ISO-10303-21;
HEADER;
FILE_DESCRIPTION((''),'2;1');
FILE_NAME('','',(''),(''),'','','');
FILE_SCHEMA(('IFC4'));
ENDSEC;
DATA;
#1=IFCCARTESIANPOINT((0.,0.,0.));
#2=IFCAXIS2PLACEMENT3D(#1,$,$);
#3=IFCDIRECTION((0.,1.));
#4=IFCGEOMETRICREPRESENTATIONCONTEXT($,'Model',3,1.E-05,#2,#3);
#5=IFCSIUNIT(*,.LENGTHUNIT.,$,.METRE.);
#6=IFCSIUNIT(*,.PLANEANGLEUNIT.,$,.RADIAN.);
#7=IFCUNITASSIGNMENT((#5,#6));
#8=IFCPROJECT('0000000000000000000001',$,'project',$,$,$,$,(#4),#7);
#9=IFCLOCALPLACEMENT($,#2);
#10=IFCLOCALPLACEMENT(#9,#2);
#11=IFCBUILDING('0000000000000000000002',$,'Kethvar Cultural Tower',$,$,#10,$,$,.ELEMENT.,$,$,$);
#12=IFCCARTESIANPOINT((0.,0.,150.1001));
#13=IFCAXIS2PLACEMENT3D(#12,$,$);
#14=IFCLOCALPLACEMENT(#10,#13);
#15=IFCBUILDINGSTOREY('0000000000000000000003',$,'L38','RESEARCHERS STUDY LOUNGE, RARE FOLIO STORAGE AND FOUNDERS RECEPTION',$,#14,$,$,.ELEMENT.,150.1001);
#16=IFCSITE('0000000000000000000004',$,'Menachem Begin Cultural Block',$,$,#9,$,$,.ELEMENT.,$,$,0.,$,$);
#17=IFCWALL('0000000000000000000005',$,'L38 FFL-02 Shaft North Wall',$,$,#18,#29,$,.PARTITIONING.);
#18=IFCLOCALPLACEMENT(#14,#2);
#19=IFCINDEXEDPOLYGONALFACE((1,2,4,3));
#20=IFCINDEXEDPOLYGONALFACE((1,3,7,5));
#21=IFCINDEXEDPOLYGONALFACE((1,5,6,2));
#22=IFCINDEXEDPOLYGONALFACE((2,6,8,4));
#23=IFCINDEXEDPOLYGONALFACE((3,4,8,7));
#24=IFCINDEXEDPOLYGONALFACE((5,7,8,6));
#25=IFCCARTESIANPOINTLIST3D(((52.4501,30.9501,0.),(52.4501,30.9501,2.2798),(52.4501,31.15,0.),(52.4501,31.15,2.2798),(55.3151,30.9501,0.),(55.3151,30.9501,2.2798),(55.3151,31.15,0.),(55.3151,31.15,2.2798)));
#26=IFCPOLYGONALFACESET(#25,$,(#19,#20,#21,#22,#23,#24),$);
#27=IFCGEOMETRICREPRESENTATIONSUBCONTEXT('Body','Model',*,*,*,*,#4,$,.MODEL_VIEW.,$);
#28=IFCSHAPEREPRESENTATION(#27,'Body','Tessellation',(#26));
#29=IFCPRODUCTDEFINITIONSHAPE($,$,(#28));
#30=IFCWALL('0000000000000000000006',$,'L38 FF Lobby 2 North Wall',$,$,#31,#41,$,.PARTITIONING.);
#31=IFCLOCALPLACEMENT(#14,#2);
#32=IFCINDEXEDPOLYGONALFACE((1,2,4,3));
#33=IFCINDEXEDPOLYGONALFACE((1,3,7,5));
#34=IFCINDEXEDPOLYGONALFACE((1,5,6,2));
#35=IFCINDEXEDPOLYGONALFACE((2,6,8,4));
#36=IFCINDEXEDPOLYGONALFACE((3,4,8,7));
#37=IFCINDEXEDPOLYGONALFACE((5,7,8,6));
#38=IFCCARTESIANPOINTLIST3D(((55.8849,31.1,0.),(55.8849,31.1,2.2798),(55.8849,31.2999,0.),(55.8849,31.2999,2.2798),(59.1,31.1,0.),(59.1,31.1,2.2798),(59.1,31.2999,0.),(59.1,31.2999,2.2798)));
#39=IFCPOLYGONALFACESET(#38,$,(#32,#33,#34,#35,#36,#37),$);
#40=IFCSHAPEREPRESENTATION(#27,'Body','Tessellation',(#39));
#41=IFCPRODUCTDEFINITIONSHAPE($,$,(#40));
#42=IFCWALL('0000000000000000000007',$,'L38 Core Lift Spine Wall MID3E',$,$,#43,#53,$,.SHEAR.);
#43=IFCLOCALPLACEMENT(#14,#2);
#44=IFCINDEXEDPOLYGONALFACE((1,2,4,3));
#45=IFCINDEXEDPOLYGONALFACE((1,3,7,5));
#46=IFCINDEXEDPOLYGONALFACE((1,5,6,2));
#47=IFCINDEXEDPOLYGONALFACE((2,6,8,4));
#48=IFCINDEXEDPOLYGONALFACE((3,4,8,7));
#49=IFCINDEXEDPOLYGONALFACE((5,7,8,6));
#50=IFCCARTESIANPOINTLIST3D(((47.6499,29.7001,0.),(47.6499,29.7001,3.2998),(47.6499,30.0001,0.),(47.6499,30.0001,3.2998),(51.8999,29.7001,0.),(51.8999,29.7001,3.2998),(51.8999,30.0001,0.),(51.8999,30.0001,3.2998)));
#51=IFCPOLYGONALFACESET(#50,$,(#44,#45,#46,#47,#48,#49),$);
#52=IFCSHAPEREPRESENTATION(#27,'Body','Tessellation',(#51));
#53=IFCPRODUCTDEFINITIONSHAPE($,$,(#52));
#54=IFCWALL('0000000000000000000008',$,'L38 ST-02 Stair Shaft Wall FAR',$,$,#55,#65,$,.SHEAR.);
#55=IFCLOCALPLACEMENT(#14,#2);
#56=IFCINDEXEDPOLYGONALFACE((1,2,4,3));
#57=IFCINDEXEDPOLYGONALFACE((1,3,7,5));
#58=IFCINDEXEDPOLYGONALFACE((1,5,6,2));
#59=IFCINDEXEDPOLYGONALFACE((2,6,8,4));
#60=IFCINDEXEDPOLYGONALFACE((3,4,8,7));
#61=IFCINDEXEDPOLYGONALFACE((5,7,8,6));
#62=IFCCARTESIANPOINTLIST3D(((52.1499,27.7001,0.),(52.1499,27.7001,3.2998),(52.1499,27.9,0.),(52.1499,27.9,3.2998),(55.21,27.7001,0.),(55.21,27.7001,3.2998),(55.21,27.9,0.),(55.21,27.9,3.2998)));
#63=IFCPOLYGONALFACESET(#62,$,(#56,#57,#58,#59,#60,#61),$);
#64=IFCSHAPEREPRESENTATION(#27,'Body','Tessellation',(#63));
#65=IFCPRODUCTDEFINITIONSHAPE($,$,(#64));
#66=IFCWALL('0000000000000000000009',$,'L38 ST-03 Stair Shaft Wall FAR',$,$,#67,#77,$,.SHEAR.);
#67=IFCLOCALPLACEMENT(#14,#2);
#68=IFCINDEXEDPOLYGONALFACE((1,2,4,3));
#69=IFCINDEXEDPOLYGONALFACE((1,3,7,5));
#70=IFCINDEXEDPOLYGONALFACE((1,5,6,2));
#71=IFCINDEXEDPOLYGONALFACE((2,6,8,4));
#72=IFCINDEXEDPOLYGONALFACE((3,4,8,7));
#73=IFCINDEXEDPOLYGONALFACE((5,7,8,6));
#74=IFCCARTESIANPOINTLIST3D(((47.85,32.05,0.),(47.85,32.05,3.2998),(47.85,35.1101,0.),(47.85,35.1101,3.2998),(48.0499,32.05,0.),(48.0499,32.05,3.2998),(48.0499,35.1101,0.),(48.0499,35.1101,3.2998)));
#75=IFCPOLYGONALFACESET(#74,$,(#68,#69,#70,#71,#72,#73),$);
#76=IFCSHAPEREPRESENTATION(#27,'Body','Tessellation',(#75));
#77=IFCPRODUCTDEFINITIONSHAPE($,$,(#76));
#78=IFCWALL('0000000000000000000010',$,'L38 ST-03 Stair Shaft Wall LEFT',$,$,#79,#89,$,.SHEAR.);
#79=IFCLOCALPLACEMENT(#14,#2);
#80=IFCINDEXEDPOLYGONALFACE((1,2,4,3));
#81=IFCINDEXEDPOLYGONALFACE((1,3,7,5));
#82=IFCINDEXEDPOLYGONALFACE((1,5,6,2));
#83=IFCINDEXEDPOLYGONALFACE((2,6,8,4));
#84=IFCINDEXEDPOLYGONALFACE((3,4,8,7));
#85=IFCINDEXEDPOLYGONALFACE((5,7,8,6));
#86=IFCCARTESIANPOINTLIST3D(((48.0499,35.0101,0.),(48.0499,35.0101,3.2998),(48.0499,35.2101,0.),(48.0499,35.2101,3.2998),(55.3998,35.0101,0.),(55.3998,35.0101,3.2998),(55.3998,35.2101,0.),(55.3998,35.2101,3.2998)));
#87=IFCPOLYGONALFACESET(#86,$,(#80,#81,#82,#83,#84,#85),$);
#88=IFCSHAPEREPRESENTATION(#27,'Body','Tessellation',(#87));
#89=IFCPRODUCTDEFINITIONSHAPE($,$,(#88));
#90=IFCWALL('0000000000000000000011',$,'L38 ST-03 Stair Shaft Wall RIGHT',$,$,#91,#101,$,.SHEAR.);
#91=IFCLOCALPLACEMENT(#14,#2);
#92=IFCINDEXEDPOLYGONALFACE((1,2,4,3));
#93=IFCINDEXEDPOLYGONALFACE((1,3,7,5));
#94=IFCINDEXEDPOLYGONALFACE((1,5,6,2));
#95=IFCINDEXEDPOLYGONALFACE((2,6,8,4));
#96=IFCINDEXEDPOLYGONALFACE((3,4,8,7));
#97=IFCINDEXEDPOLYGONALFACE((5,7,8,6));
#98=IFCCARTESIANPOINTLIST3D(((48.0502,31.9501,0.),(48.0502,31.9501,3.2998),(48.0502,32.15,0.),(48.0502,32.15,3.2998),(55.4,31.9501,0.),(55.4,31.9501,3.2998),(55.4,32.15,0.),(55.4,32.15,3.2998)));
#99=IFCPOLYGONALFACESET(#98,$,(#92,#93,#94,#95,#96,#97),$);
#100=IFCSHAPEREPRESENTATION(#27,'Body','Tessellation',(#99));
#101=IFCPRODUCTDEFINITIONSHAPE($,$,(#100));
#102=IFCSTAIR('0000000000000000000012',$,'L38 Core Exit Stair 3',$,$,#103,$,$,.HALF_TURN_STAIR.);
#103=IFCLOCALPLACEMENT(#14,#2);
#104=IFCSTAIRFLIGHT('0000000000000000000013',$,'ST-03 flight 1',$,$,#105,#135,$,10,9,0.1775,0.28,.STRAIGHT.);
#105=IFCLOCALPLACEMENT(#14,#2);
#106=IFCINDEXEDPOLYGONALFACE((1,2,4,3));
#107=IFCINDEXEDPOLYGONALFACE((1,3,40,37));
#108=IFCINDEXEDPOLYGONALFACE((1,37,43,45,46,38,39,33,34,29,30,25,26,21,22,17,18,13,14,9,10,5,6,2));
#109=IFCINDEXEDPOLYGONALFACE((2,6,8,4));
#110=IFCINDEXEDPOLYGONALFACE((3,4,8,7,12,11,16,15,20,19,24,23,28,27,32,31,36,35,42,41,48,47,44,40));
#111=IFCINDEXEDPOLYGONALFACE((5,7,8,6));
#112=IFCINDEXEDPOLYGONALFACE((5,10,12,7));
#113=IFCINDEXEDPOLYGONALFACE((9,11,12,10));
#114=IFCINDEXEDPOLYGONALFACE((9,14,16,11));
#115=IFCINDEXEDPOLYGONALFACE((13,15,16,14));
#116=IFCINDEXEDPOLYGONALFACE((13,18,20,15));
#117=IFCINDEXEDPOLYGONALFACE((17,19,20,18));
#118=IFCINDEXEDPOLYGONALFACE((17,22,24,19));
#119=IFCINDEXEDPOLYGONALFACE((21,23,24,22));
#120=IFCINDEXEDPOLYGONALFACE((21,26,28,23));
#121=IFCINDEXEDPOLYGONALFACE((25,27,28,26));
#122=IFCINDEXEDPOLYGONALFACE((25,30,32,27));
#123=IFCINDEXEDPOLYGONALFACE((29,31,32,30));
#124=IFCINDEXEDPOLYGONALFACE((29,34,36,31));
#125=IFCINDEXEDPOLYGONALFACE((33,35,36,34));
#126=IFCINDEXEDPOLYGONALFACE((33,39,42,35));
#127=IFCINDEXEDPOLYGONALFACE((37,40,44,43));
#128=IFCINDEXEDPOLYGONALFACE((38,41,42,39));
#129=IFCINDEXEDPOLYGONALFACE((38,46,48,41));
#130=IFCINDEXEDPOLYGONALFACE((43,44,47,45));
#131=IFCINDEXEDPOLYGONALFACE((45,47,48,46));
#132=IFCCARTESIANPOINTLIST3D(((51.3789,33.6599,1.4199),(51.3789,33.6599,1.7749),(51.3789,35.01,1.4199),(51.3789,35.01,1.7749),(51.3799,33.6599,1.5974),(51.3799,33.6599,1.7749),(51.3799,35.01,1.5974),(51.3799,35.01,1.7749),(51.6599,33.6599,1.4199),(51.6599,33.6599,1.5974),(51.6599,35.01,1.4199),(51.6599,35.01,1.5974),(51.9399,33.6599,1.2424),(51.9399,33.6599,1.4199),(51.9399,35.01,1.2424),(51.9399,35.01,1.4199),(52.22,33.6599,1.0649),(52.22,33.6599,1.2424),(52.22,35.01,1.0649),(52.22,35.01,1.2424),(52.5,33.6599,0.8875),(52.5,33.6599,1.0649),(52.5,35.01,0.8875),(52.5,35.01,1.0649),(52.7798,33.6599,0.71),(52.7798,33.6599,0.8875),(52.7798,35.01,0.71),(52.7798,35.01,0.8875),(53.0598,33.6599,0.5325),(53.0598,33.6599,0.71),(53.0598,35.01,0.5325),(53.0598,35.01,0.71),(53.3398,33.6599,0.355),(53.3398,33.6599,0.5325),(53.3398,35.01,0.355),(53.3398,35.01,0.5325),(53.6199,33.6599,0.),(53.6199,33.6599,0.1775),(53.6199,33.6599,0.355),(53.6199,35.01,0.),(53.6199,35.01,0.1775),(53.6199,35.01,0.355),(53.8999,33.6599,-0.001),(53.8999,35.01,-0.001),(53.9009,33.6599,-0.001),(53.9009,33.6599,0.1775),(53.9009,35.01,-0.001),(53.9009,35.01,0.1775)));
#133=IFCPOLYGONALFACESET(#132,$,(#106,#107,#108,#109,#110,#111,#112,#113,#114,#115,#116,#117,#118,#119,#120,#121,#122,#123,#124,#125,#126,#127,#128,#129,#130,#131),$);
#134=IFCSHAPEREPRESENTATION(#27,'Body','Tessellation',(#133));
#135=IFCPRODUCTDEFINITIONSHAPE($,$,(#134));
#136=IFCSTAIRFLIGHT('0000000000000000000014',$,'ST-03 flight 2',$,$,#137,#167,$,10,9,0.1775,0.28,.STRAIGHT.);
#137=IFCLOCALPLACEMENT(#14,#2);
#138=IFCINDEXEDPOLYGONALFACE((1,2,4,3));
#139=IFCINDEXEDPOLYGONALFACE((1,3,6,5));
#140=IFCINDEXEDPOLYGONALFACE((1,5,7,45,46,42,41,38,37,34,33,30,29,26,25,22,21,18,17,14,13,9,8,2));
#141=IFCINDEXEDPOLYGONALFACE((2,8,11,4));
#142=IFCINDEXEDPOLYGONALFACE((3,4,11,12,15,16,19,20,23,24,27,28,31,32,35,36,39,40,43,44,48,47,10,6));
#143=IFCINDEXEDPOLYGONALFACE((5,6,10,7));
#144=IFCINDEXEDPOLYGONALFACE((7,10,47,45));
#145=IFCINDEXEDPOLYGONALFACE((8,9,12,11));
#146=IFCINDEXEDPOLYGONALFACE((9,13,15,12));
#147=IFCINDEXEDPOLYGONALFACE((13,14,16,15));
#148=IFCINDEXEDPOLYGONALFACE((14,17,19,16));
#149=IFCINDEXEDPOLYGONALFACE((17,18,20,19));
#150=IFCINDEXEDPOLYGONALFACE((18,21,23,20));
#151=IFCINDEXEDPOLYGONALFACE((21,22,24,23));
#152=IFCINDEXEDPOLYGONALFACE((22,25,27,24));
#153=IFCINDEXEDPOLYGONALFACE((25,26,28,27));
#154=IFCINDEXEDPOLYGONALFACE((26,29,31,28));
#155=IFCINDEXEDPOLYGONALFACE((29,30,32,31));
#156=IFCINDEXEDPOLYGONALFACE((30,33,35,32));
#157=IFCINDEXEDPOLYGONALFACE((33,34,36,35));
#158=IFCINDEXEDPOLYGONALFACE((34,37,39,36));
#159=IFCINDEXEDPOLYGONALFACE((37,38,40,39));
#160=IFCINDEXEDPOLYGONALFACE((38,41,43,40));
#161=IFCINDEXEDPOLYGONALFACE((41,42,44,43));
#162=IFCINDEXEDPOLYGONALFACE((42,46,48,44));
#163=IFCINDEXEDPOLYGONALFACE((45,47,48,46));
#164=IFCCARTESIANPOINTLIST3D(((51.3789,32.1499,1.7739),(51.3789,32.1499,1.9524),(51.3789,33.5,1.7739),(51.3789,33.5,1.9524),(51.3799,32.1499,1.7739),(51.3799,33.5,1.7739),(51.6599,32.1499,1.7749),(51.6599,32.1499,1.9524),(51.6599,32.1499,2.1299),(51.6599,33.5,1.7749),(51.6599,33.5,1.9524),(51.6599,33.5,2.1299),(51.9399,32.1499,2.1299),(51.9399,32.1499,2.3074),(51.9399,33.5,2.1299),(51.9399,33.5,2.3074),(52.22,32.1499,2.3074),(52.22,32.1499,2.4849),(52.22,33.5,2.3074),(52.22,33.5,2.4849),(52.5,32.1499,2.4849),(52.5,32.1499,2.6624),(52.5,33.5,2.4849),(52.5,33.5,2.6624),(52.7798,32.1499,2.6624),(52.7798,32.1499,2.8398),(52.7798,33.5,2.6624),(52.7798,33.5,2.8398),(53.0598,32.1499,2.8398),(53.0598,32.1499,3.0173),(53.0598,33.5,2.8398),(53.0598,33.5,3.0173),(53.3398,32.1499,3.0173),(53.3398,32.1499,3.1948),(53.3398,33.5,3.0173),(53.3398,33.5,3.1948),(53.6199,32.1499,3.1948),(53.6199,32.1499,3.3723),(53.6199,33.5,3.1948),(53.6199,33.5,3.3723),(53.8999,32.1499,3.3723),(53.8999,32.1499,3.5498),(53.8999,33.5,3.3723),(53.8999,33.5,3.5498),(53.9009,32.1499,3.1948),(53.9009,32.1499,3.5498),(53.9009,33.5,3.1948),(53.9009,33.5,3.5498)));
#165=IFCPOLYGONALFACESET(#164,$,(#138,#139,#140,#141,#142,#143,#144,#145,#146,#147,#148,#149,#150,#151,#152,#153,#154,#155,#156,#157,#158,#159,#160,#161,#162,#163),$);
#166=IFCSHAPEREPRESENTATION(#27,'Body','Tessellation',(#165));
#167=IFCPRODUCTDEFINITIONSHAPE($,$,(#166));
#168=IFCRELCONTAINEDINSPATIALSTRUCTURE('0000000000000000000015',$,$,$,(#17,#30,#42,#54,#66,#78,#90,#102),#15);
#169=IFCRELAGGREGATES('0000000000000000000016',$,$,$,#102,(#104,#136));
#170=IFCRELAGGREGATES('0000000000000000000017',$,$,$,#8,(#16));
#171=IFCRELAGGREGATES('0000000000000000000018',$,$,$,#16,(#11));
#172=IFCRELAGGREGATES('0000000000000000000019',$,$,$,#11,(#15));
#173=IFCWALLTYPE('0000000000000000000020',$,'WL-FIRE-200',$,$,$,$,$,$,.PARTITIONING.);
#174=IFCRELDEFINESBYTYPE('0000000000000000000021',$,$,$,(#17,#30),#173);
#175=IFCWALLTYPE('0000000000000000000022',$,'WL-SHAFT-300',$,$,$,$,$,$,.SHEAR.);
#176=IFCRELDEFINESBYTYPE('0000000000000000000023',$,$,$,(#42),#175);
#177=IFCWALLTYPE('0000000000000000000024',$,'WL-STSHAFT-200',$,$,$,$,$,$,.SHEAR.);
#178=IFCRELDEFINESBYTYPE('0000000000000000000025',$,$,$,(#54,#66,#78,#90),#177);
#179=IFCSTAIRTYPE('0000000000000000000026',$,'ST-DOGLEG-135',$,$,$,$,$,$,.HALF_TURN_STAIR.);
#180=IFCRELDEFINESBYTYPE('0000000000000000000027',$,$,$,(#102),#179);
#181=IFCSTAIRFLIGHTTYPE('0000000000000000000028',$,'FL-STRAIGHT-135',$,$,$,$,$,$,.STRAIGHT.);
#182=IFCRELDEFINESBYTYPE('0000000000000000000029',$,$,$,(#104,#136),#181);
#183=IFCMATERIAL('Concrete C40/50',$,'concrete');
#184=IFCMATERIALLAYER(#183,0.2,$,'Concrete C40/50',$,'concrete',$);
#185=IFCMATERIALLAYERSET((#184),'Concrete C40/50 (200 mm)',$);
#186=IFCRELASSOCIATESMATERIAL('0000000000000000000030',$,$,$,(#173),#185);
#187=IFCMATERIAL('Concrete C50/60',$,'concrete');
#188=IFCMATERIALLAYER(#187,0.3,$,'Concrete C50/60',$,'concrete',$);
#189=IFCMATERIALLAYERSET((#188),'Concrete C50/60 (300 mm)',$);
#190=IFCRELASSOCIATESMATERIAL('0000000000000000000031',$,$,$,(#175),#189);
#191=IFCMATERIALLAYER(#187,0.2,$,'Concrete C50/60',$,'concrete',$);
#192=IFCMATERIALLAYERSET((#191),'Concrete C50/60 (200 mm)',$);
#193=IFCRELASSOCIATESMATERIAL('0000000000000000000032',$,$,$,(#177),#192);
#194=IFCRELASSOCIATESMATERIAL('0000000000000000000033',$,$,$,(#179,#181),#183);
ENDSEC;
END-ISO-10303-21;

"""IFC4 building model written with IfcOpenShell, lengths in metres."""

from ifc_helpers import new_model, si_unit, direction, frame, frame_2d, origin, place, context, subcontext, project, spatial, polyline, rectangle, outline, extrude, material, layer, layer_set, type_object, element, aggregate, save


model = new_model("IFC4")

# Units and contexts
model_context = context("Model", 3, precision=1e-05, world=origin(), true_north=direction((0.0, 1.0)))
body_context = subcontext(model_context, "Body", "Model", "MODEL_VIEW")
ifc_project = project(units=[si_unit("LENGTHUNIT", "METRE"), si_unit("PLANEANGLEUNIT", "RADIAN")], contexts=[model_context])

# Site, building, storey
site_placement = place(None, origin())
site = spatial("IfcSite", under=ifc_project, at=site_placement, Name="Menachem Begin Cultural Block", CompositionType="ELEMENT", RefElevation=0.0)
building_placement = place(site_placement, origin())
building = spatial("IfcBuilding", under=site, at=building_placement, Name="Kethvar Cultural Tower", CompositionType="ELEMENT")
storey_placement = place(building_placement, frame((0.0, 0.0, 150.1001)))
storey = spatial("IfcBuildingStorey", under=building, at=storey_placement, Name="L38", Description="RESEARCHERS STUDY LOUNGE, RARE FOLIO STORAGE AND FOUNDERS RECEPTION", CompositionType="ELEMENT", Elevation=150.1001)

# Walls
ifc_material_1 = material(Name="Concrete C40/50", Category="concrete")
ifc_layer_1 = layer(ifc_material_1, 0.2, Name="Concrete C40/50", Category="concrete")
ifc_layer_set_1 = layer_set([ifc_layer_1], Name="Concrete C40/50 (200 mm)")
wall_type_1 = type_object("IfcWallType", Name="WL-FIRE-200", PredefinedType="PARTITIONING", material=ifc_layer_set_1)
for number, where, z_axis, x_axis, name in (
    (1, (52.45, 31.05, 0.0), (0.0, 0.0, 1.0), (1.0, 0.0, 0.0), "L38 FFL-02 Shaft North Wall"),
):
    element("IfcWall", number, at=place(storey_placement, frame(where, z_axis=z_axis, x_axis=x_axis)), inside=storey, type_object=wall_type_1, Name=name, PredefinedType="PARTITIONING", context=body_context, shape_type="SweptSolid", body=[
        extrude(rectangle(XDim=2.865, YDim=0.2, at=frame_2d((1.4326, 0.0))), origin(), (0.0, 0.0, 1.0), 2.2798),
    ])
wall_1_placement = place(storey_placement, frame((55.885, 31.2, 0.0), z_axis=(0.0, 0.0, 1.0), x_axis=(1.0, 0.0, 0.0)))
element("IfcWall", 2, at=wall_1_placement, inside=storey, type_object=wall_type_1, Name="L38 FF Lobby 2 North Wall", PredefinedType="PARTITIONING", context=body_context, shape_type="SweptSolid", body=[
    extrude(rectangle(XDim=3.2151, YDim=0.2, at=frame_2d((1.6074, 0.0))), origin(), (0.0, 0.0, 1.0), 2.2798),
])
ifc_material_2 = material(Name="Concrete C50/60", Category="concrete")
ifc_layer_2 = layer(ifc_material_2, 0.3, Name="Concrete C50/60", Category="concrete")
ifc_layer_set_2 = layer_set([ifc_layer_2], Name="Concrete C50/60 (300 mm)")
wall_type_2 = type_object("IfcWallType", Name="WL-SHAFT-300", PredefinedType="SHEAR", material=ifc_layer_set_2)
wall_2_placement = place(storey_placement, frame((47.6499, 29.8501, 0.0), z_axis=(0.0, 0.0, 1.0), x_axis=(1.0, 0.0, 0.0)))
element("IfcWall", 3, at=wall_2_placement, inside=storey, type_object=wall_type_2, Name="L38 Core Lift Spine Wall MID3E", PredefinedType="SHEAR", context=body_context, shape_type="SweptSolid", body=[
    extrude(rectangle(XDim=4.25, YDim=0.3, at=frame_2d((2.125, 0.0))), origin(), (0.0, 0.0, 1.0), 3.2998),
])
ifc_layer_3 = layer(ifc_material_2, 0.2, Name="Concrete C50/60", Category="concrete")
ifc_layer_set_3 = layer_set([ifc_layer_3], Name="Concrete C50/60 (200 mm)")
wall_type_3 = type_object("IfcWallType", Name="WL-STSHAFT-200", PredefinedType="SHEAR", material=ifc_layer_set_3)
for number, where, z_axis, x_axis, name in (
    (4, (52.1499, 27.8, 0.0), (0.0, 0.0, 1.0), (1.0, 0.0, 0.0), "L38 ST-02 Stair Shaft Wall FAR"),
    (5, (47.95, 32.05, 0.0), (0.0, 0.0, 1.0), (0.0, 1.0, 0.0), "L38 ST-03 Stair Shaft Wall FAR"),
):
    element("IfcWall", number, at=place(storey_placement, frame(where, z_axis=z_axis, x_axis=x_axis)), inside=storey, type_object=wall_type_3, Name=name, PredefinedType="SHEAR", context=body_context, shape_type="SweptSolid", body=[
        extrude(rectangle(XDim=3.0601, YDim=0.2, at=frame_2d((1.53, 0.0))), origin(), (0.0, 0.0, 1.0), 3.2998),
    ])
for number, where, z_axis, x_axis, name in (
    (6, (48.05, 35.1101, 0.0), (0.0, 0.0, 1.0), (1.0, 0.0, 0.0), "L38 ST-03 Stair Shaft Wall LEFT"),
    (7, (55.3999, 32.05, 0.0), (0.0, 0.0, 1.0), (-1.0, 0.0, 0.0), "L38 ST-03 Stair Shaft Wall RIGHT"),
):
    element("IfcWall", number, at=place(storey_placement, frame(where, z_axis=z_axis, x_axis=x_axis)), inside=storey, type_object=wall_type_3, Name=name, PredefinedType="SHEAR", context=body_context, shape_type="SweptSolid", body=[
        extrude(rectangle(XDim=7.3499, YDim=0.2, at=frame_2d((3.6748, 0.0))), origin(), (0.0, 0.0, 1.0), 3.2998),
    ])

# Stair, stair flights
stair_type = type_object("IfcStairType", Name="ST-DOGLEG-135", PredefinedType="HALF_TURN_STAIR", material=ifc_material_1)
stair_placement = place(storey_placement, origin())
stair = element("IfcStair", 8, at=stair_placement, inside=storey, type_object=stair_type, Name="L38 Core Exit Stair 3", PredefinedType="HALF_TURN_STAIR")
stair_flight_type = type_object("IfcStairFlightType", Name="FL-STRAIGHT-135", PredefinedType="STRAIGHT", material=ifc_material_1)
stair_flight_1_placement = place(storey_placement, frame((53.8999, 34.335, 0.0), z_axis=(0.0, 0.0, 1.0), x_axis=(-1.0, 0.0, 0.0)))
stair_flight_1 = element("IfcStairFlight", 9, at=stair_flight_1_placement, type_object=stair_flight_type, Name="ST-03 flight 1", NumberOfRisers=10, NumberOfTreads=9, PredefinedType="STRAIGHT", RiserHeight=0.1775, TreadLength=0.28, context=body_context, shape_type="SweptSolid", body=[
    extrude(outline(polyline([(-0.001, -0.001), (-0.001, 0.1775), (0.28, 0.1775), (0.28, 0.355), (0.5601, 0.355), (0.5601, 0.5325), (0.8401, 0.5325), (0.8401, 0.71), (1.1201, 0.71), (1.1201, 0.8875), (1.3999, 0.8875), (1.3999, 1.0649), (1.6799, 1.0649), (1.6799, 1.2424), (1.96, 1.2424), (1.96, 1.4199), (2.24, 1.4199), (2.24, 1.5974), (2.52, 1.5974), (2.52, 1.7749), (2.521, 1.7749), (2.521, 1.4199), (0.28, 0.0), (0.0, -0.001), (-0.001, -0.001)])), frame((0.0, 0.675, 0.0), z_axis=(0.0, -1.0, 0.0), x_axis=(1.0, 0.0, 0.0)), (0.0, 0.0, 1.0), 1.3501),
])
stair_flight_2_placement = place(storey_placement, frame((51.3799, 32.825, 1.7749), z_axis=(0.0, 0.0, 1.0), x_axis=(1.0, 0.0, 0.0)))
stair_flight_2 = element("IfcStairFlight", 10, at=stair_flight_2_placement, type_object=stair_flight_type, Name="ST-03 flight 2", NumberOfRisers=10, NumberOfTreads=9, PredefinedType="STRAIGHT", RiserHeight=0.1775, TreadLength=0.28, context=body_context, shape_type="SweptSolid", body=[
    extrude(outline(polyline([(-0.001, -0.001), (-0.001, 0.1775), (0.28, 0.1775), (0.28, 0.355), (0.5601, 0.355), (0.5601, 0.5325), (0.8401, 0.5325), (0.8401, 0.71), (1.1201, 0.71), (1.1201, 0.8875), (1.3999, 0.8875), (1.3999, 1.0649), (1.6799, 1.0649), (1.6799, 1.2424), (1.96, 1.2424), (1.96, 1.4199), (2.24, 1.4199), (2.24, 1.5974), (2.52, 1.5974), (2.52, 1.7749), (2.521, 1.7749), (2.521, 1.4199), (0.28, 0.0), (0.0, -0.001), (-0.001, -0.001)])), frame((0.0, 0.675, 0.0), z_axis=(0.0, -1.0, 0.0), x_axis=(1.0, 0.0, 0.0)), (0.0, 0.0, 1.0), 1.3501),
])
aggregate(stair, [stair_flight_1, stair_flight_2])

save(model, "model.ifc")
